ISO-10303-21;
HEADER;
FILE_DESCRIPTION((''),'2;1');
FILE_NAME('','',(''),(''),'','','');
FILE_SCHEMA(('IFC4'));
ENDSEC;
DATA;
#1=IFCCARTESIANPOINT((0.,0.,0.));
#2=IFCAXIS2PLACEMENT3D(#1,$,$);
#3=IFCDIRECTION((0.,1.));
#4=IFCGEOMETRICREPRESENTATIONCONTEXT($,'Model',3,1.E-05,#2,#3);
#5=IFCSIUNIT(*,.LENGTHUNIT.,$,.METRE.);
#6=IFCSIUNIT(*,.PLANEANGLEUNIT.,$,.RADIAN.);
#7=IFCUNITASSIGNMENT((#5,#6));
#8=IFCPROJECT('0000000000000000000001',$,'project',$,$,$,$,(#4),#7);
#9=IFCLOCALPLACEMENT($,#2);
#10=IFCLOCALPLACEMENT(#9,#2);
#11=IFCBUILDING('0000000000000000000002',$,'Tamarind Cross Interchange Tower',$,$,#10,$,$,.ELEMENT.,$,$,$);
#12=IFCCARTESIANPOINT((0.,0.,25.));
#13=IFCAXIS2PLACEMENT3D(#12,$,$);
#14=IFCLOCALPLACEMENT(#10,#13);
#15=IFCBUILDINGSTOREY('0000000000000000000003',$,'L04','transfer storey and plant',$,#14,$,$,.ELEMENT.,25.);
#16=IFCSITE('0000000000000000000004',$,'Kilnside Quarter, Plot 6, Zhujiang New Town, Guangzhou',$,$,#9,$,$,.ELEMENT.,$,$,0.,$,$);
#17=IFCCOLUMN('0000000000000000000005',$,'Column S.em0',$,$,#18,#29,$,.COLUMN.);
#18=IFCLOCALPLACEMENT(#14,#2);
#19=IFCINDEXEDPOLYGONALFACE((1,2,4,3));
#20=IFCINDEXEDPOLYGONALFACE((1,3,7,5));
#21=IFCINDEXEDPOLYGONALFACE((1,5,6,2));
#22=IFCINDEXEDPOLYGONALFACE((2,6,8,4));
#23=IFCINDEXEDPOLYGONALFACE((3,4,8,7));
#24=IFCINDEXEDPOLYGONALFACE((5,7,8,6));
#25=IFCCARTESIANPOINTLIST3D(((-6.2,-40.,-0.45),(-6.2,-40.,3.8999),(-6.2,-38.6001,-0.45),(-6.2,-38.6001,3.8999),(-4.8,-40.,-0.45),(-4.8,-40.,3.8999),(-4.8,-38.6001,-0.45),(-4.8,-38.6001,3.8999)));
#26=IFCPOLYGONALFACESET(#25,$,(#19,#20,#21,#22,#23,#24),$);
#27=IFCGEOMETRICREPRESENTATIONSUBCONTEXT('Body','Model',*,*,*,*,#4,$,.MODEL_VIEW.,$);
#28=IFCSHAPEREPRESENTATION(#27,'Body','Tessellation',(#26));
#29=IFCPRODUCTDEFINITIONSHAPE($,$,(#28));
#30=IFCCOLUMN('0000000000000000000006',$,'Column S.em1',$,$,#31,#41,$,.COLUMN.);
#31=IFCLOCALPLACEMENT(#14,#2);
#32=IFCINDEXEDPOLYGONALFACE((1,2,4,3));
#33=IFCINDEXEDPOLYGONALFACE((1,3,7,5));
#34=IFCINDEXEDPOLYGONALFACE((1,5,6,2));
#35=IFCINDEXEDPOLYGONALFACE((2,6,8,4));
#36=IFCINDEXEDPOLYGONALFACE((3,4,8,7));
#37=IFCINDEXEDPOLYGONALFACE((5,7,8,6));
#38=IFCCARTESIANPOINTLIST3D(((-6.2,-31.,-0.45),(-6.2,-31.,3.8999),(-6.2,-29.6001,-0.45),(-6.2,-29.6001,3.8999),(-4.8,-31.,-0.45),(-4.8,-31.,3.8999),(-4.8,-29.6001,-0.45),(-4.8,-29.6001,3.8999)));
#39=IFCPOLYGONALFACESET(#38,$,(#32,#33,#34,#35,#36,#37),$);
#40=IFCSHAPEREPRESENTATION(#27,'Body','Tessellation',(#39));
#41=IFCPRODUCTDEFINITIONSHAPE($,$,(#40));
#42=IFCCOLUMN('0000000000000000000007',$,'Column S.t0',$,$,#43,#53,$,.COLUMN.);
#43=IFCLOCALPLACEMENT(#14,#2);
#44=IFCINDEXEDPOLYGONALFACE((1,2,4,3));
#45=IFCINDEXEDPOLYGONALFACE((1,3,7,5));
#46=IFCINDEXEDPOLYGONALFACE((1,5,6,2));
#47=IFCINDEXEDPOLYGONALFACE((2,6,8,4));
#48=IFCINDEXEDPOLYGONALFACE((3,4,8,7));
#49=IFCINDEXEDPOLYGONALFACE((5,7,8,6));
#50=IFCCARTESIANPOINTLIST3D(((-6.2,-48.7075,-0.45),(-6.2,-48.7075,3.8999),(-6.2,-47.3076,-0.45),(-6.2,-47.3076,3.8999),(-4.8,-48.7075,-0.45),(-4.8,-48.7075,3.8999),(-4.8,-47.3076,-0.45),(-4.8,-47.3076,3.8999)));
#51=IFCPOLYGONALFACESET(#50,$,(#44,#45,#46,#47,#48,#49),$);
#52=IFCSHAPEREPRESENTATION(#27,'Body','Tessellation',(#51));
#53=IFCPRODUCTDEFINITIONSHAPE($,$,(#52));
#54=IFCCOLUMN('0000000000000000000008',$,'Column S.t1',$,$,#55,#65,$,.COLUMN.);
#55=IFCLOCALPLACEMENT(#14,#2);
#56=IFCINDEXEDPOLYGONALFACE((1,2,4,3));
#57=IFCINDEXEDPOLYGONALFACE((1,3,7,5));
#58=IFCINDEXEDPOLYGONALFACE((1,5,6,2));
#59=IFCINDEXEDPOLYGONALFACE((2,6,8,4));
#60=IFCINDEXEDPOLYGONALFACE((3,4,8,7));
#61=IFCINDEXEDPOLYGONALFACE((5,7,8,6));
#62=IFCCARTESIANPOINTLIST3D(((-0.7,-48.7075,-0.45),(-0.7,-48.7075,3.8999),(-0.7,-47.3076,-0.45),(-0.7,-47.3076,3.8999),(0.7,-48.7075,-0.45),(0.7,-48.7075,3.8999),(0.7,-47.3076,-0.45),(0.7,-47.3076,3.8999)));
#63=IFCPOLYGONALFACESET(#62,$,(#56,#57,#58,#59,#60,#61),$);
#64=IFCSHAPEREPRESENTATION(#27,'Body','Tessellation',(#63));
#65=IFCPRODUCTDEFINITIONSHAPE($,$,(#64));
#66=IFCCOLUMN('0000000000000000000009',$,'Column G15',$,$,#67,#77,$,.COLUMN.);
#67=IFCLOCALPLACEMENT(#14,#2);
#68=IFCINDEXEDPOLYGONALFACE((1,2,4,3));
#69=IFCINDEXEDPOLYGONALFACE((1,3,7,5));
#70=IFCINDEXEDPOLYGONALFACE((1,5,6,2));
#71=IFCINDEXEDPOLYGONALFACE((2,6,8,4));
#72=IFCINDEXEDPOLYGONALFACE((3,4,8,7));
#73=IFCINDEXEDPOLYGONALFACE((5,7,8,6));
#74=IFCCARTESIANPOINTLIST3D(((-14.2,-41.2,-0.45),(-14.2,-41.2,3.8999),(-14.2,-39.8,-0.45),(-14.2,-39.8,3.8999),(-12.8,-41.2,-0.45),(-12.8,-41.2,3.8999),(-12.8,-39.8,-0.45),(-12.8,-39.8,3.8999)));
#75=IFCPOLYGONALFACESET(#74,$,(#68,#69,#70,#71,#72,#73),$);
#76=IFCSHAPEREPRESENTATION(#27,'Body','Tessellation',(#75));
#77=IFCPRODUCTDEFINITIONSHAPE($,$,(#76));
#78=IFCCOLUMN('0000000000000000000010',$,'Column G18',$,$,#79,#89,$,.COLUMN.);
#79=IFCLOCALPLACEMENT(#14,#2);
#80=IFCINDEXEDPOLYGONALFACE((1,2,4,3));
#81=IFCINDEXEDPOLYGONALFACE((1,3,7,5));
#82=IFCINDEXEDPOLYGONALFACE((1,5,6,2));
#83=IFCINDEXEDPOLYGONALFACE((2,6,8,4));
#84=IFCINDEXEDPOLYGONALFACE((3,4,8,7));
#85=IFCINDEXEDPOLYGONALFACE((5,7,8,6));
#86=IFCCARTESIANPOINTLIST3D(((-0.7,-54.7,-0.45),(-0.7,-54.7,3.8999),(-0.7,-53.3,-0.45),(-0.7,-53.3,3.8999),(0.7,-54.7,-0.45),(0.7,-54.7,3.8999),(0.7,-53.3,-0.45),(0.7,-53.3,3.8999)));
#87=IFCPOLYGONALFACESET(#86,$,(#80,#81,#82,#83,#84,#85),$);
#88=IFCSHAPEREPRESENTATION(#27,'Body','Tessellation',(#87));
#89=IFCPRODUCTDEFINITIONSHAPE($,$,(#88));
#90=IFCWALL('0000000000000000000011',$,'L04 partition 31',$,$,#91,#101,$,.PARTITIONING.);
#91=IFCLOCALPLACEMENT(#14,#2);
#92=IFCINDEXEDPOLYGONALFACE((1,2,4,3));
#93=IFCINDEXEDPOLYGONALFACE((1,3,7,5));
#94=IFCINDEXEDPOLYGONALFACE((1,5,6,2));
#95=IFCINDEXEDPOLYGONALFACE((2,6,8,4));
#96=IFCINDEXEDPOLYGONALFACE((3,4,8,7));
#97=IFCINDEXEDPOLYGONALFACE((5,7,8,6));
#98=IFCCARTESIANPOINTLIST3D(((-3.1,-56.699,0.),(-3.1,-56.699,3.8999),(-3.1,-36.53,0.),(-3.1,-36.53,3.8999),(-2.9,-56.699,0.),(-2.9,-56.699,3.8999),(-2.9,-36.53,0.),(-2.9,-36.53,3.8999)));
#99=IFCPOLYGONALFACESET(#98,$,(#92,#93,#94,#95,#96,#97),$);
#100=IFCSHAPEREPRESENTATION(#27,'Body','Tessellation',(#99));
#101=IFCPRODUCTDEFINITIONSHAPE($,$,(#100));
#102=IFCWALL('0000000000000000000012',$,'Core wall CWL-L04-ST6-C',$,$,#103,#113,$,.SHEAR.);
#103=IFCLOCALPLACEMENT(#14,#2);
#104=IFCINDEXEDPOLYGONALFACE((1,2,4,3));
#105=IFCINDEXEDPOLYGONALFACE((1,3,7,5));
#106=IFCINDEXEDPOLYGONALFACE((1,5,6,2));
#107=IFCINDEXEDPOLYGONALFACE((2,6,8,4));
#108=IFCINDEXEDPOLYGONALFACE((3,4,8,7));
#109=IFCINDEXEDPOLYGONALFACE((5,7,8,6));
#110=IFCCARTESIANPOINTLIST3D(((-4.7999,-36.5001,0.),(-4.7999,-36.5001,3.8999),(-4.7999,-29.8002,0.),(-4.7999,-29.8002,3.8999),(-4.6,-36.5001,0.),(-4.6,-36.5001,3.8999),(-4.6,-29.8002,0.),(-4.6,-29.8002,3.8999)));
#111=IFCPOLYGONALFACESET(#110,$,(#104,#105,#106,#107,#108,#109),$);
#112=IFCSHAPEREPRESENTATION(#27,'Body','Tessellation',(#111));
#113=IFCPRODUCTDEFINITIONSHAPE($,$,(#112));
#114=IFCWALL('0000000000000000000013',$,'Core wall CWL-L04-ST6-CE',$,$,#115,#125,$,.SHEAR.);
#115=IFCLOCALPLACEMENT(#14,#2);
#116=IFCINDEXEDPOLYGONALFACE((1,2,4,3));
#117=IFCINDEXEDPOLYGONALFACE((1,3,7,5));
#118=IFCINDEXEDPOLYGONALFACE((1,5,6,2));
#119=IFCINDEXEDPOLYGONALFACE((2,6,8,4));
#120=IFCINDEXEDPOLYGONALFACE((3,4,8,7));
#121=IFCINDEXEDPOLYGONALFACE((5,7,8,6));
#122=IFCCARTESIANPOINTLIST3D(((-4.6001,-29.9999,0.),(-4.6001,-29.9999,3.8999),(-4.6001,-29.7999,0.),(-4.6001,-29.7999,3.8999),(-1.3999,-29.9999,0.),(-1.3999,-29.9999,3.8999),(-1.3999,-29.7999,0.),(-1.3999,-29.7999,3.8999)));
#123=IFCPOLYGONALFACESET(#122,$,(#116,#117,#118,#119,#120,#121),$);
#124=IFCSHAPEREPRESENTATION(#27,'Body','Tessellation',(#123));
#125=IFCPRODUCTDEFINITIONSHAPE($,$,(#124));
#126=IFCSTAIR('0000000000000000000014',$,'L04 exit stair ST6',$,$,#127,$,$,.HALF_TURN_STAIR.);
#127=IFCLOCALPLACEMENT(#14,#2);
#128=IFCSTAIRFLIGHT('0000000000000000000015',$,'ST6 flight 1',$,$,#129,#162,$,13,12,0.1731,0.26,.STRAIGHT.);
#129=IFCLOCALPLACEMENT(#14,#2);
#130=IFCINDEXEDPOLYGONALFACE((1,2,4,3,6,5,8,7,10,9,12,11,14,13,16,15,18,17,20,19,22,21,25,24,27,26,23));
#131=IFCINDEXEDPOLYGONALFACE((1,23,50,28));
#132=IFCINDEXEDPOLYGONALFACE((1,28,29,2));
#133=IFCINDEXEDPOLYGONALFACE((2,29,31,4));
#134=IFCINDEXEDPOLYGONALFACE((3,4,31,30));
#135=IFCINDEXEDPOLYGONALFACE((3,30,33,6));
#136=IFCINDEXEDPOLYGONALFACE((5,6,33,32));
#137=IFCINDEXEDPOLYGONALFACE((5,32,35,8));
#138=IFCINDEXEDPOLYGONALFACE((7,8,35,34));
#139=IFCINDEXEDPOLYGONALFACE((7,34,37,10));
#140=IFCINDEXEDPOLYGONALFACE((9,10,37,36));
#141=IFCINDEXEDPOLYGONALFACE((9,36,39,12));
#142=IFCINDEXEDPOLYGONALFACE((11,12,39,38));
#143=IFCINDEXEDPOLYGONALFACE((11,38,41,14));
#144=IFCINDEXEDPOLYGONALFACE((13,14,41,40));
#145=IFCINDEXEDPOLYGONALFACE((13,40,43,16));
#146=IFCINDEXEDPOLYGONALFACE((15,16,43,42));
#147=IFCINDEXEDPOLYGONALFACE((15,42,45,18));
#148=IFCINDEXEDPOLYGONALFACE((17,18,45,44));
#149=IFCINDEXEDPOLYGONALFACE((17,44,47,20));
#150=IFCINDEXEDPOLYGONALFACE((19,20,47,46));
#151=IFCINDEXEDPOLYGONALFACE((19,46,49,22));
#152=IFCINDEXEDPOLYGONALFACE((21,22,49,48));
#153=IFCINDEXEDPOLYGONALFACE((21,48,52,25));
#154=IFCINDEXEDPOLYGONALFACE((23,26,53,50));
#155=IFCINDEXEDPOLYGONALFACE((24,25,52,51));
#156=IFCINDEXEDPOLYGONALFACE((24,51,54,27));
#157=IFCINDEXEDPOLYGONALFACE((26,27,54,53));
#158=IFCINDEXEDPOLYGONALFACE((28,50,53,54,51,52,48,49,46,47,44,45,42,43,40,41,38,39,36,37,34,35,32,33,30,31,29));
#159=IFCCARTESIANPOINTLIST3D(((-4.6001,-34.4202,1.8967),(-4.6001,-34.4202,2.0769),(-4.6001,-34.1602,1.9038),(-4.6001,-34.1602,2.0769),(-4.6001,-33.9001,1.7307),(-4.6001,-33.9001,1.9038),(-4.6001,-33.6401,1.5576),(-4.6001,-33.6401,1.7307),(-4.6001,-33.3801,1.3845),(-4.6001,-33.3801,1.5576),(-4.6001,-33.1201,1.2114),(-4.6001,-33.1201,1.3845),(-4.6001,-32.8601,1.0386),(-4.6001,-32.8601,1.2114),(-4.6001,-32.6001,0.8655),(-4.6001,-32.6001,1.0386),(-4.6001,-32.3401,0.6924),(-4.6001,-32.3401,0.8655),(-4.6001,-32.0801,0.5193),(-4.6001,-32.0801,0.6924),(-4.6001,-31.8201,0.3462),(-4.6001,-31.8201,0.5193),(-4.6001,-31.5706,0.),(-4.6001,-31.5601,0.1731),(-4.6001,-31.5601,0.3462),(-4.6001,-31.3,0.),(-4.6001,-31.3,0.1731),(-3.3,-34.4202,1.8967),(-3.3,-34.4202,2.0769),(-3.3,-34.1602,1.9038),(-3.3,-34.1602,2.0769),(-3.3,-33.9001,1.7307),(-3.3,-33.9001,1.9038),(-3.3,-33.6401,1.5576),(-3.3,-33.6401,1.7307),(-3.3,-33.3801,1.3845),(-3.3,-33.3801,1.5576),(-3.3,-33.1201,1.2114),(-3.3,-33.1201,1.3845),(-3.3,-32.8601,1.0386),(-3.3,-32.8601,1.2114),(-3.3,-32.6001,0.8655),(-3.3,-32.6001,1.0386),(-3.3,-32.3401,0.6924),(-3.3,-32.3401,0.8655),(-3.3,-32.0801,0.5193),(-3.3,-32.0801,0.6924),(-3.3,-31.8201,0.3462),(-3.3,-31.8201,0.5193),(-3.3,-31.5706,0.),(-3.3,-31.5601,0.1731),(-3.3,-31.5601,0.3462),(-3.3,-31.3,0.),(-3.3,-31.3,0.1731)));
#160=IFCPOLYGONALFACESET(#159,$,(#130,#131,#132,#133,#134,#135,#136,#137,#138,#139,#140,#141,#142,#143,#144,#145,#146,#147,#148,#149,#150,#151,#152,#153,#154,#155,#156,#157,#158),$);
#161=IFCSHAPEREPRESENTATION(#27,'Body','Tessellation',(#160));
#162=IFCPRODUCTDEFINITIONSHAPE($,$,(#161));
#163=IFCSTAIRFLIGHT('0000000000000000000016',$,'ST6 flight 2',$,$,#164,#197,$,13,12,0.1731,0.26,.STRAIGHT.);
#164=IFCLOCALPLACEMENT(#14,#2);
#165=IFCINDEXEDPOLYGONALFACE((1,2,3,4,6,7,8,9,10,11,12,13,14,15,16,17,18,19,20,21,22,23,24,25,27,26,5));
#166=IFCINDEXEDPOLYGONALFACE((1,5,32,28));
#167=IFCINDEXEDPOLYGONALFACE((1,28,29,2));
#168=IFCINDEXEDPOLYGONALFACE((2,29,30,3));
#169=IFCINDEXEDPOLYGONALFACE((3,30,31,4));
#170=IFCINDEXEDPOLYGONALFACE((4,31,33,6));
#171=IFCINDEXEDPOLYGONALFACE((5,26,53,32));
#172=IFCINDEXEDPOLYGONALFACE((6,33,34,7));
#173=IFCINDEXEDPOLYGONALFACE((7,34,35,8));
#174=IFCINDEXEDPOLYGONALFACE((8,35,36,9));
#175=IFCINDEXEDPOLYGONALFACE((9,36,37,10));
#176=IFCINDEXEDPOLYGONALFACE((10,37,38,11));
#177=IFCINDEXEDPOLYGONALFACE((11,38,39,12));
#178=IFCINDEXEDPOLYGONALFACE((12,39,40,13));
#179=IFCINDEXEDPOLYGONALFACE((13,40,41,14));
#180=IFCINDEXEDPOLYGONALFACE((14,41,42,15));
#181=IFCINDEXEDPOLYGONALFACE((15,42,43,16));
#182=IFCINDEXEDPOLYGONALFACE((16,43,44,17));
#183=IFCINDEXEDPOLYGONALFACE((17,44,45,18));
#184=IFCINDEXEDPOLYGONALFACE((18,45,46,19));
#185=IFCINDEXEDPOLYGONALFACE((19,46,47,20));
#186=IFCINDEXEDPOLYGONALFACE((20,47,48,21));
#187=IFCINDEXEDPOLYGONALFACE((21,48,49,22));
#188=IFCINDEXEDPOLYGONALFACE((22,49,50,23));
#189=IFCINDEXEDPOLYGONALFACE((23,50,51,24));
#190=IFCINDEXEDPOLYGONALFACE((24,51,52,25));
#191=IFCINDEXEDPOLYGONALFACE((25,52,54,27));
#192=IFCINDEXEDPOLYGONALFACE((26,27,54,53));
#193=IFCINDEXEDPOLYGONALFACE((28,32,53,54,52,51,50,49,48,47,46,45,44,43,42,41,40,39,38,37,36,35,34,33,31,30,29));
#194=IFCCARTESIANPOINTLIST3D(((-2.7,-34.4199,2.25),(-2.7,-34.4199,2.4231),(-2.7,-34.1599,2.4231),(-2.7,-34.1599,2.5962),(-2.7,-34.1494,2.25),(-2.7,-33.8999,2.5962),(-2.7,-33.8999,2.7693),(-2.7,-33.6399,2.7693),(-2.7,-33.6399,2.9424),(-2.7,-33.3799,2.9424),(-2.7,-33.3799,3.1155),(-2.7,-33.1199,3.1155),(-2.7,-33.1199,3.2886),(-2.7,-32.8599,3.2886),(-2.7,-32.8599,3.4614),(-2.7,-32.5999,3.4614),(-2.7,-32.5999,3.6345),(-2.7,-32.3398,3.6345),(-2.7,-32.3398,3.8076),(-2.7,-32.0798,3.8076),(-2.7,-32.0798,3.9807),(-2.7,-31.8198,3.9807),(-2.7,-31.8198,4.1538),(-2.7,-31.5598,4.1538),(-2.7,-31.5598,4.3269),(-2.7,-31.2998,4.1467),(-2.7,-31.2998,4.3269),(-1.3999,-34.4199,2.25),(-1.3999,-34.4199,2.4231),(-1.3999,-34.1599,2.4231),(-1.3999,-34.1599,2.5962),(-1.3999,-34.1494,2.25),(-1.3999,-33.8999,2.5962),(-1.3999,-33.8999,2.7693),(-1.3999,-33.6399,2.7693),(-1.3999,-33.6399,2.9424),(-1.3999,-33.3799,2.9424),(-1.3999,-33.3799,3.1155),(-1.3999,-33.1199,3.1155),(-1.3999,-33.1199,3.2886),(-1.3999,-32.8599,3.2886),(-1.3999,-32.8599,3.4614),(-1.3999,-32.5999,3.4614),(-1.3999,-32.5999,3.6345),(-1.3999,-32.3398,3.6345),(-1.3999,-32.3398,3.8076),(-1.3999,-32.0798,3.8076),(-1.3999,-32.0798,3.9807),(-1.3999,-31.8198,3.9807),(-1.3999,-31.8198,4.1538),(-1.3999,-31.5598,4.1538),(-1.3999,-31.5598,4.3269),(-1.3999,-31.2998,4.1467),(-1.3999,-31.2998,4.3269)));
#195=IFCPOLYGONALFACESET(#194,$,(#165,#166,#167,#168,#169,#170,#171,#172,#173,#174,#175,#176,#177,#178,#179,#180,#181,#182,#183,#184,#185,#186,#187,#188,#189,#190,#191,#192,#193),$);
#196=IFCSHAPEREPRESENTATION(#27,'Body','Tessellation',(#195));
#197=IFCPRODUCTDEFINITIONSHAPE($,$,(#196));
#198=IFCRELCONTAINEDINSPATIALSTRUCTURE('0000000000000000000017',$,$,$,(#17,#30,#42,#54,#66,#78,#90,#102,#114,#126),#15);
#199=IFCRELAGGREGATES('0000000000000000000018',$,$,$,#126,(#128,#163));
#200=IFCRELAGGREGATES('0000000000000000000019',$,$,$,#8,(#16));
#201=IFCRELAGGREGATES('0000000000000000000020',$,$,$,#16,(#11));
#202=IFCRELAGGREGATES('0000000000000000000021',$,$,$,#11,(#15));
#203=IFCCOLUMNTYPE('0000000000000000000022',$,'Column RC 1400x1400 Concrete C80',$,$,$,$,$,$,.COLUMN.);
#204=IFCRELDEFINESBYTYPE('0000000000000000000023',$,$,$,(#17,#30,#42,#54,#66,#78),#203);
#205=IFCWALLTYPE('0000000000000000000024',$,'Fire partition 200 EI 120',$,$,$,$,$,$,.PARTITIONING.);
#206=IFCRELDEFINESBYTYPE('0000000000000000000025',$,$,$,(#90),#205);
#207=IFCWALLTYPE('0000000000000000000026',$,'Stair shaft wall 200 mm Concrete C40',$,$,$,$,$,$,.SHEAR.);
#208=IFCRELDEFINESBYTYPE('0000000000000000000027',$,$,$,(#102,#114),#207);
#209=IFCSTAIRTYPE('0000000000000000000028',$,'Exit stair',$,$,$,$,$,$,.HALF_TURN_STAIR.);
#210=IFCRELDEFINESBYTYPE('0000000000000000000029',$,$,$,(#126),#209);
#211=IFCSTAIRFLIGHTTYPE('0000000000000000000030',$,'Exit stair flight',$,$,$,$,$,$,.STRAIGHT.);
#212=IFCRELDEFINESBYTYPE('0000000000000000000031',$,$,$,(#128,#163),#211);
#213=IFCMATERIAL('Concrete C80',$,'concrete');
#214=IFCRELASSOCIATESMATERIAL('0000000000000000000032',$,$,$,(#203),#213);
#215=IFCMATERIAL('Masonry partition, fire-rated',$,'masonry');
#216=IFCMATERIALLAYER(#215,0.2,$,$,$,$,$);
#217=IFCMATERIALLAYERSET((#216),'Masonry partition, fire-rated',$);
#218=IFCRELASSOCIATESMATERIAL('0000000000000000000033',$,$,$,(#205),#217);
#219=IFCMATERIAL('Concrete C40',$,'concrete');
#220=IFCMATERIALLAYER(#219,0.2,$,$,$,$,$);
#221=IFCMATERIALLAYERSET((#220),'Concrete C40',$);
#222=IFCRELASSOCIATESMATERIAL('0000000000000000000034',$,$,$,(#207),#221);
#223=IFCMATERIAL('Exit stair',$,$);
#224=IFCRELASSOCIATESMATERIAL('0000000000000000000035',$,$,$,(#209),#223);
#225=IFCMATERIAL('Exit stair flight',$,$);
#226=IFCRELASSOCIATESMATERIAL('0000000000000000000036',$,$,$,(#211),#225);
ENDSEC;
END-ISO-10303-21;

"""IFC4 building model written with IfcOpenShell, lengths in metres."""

from ifc_helpers import new_model, si_unit, direction, frame, frame_2d, origin, origin_2d, place, context, subcontext, project, spatial, polyline, rectangle, outline, extrude, material, layer, layer_set, material_profile, profile_set, type_object, element, aggregate, save


model = new_model("IFC4")

# Units and contexts
model_context = context("Model", 3, precision=1e-05, world=origin(), true_north=direction((0.0, 1.0)))
body_context = subcontext(model_context, "Body", "Model", "MODEL_VIEW")
ifc_project = project(units=[si_unit("LENGTHUNIT", "METRE"), si_unit("PLANEANGLEUNIT", "RADIAN")], contexts=[model_context])

# Site, building, storey
site_placement = place(None, origin())
site = spatial("IfcSite", under=ifc_project, at=site_placement, Name="Kilnside Quarter, Plot 6, Zhujiang New Town, Guangzhou", CompositionType="ELEMENT", RefElevation=0.0)
building_placement = place(site_placement, origin())
building = spatial("IfcBuilding", under=site, at=building_placement, Name="Tamarind Cross Interchange Tower", CompositionType="ELEMENT")
storey_placement = place(building_placement, frame((0.0, 0.0, 25.0)))
storey = spatial("IfcBuildingStorey", under=building, at=storey_placement, Name="L04", Description="transfer storey and plant", CompositionType="ELEMENT", Elevation=25.0)

# Columns
ifc_material_1 = material(Name="Concrete C80", Category="concrete")
ifc_material_profile = material_profile(ifc_material_1, rectangle(XDim=1.3999, YDim=1.3999, at=origin_2d()), Name="RC 1400x1400")
ifc_profile_set = profile_set([ifc_material_profile], Name="Concrete C80")
column_type = type_object("IfcColumnType", Name="Column RC 1400x1400 Concrete C80", PredefinedType="COLUMN", material=ifc_profile_set)
for number, where, z_axis, x_axis, name in (
    (1, (-5.5, -39.3, -0.45), (0.0, 0.0, 1.0), (1.0, 0.0, 0.0), "Column S.em0"),
    (2, (-5.5, -30.3, -0.45), (0.0, 0.0, 1.0), (1.0, 0.0, 0.0), "Column S.em1"),
    (3, (-5.5, -48.0076, -0.45), (0.0, 0.0, 1.0), (1.0, 0.0, 0.0), "Column S.t0"),
    (4, (0.0, -48.0076, -0.45), (0.0, 0.0, 1.0), (1.0, 0.0, 0.0), "Column S.t1"),
    (5, (-13.5, -40.5, -0.45), (0.0, 0.0, 1.0), (1.0, 0.0, 0.0), "Column G15"),
    (6, (0.0, -54.0, -0.45), (0.0, 0.0, 1.0), (1.0, 0.0, 0.0), "Column G18"),
):
    element("IfcColumn", number, at=place(storey_placement, frame(where, z_axis=z_axis, x_axis=x_axis)), inside=storey, type_object=column_type, Name=name, PredefinedType="COLUMN", context=body_context, shape_type="SweptSolid", body=[
        extrude(rectangle(XDim=1.3999, YDim=1.3999, at=origin_2d()), origin(), (0.0, 0.0, 1.0), 4.3499),
    ])

# Walls
ifc_material_2 = material(Name="Masonry partition, fire-rated", Category="masonry")
ifc_layer_1 = layer(ifc_material_2, 0.2)
ifc_layer_set_1 = layer_set([ifc_layer_1], Name="Masonry partition, fire-rated")
wall_type_1 = type_object("IfcWallType", Name="Fire partition 200 EI 120", PredefinedType="PARTITIONING", material=ifc_layer_set_1)
wall_1_placement = place(storey_placement, frame((-3.0, -56.699, 0.0), z_axis=(0.0, 0.0, 1.0), x_axis=(0.0, 1.0, 0.0)))
element("IfcWall", 7, at=wall_1_placement, inside=storey, type_object=wall_type_1, Name="L04 partition 31", PredefinedType="PARTITIONING", context=body_context, shape_type="SweptSolid", body=[
    extrude(rectangle(XDim=20.1689, YDim=0.2, at=frame_2d((10.0845, 0.0))), origin(), (0.0, 0.0, 1.0), 3.8999),
])
ifc_material_3 = material(Name="Concrete C40", Category="concrete")
ifc_layer_2 = layer(ifc_material_3, 0.2)
ifc_layer_set_2 = layer_set([ifc_layer_2], Name="Concrete C40")
wall_type_2 = type_object("IfcWallType", Name="Stair shaft wall 200 mm Concrete C40", PredefinedType="SHEAR", material=ifc_layer_set_2)
wall_2_placement = place(storey_placement, frame((-4.7, -29.8, 0.0), z_axis=(0.0, 0.0, 1.0), x_axis=(0.0, -1.0, 0.0)))
element("IfcWall", 8, at=wall_2_placement, inside=storey, type_object=wall_type_2, Name="Core wall CWL-L04-ST6-C", PredefinedType="SHEAR", context=body_context, shape_type="SweptSolid", body=[
    extrude(rectangle(XDim=6.7, YDim=0.2, at=frame_2d((3.3501, 0.0))), origin(), (0.0, 0.0, 1.0), 3.8999),
])
wall_3_placement = place(storey_placement, frame((-4.6001, -29.8999, 0.0), z_axis=(0.0, 0.0, 1.0), x_axis=(1.0, 0.0, 0.0)))
element("IfcWall", 9, at=wall_3_placement, inside=storey, type_object=wall_type_2, Name="Core wall CWL-L04-ST6-CE", PredefinedType="SHEAR", context=body_context, shape_type="SweptSolid", body=[
    extrude(rectangle(XDim=3.2002, YDim=0.2, at=frame_2d((1.6001, 0.0))), origin(), (0.0, 0.0, 1.0), 3.8999),
])

# Stair, stair flights
ifc_material_4 = material(Name="Exit stair")
stair_type = type_object("IfcStairType", Name="Exit stair", PredefinedType="HALF_TURN_STAIR", material=ifc_material_4)
stair_placement = place(storey_placement, origin())
stair = element("IfcStair", 10, at=stair_placement, inside=storey, type_object=stair_type, Name="L04 exit stair ST6", PredefinedType="HALF_TURN_STAIR")
ifc_material_5 = material(Name="Exit stair flight")
stair_flight_type = type_object("IfcStairFlightType", Name="Exit stair flight", PredefinedType="STRAIGHT", material=ifc_material_5)
stair_flight_1_placement = place(storey_placement, frame((-3.95, -31.3, 0.0), z_axis=(0.0, 0.0, 1.0), x_axis=(0.0, -1.0, 0.0)))
stair_flight_1 = element("IfcStairFlight", 11, at=stair_flight_1_placement, type_object=stair_flight_type, Name="ST6 flight 1", NumberOfRisers=13, NumberOfTreads=12, PredefinedType="STRAIGHT", RiserHeight=0.1731, TreadLength=0.26, context=body_context, shape_type="SweptSolid", body=[
    extrude(outline(polyline([(0.0, 0.0), (0.0, 0.1731), (0.26, 0.1731), (0.26, 0.3462), (0.52, 0.3462), (0.52, 0.5193), (0.78, 0.5193), (0.78, 0.6924), (1.04, 0.6924), (1.04, 0.8655), (1.3, 0.8655), (1.3, 1.0386), (1.5601, 1.0386), (1.5601, 1.2114), (1.8201, 1.2114), (1.8201, 1.3845), (2.0801, 1.3845), (2.0801, 1.5576), (2.3401, 1.5576), (2.3401, 1.7307), (2.6001, 1.7307), (2.6001, 1.9038), (2.8601, 1.9038), (2.8601, 2.0769), (3.1201, 2.0769), (3.1201, 2.25), (3.1201, 1.8967), (0.2705, 0.0), (0.0, 0.0)])), frame((0.0, 0.6499, 0.0), z_axis=(0.0, -1.0, 0.0), x_axis=(1.0, 0.0, 0.0)), (0.0, 0.0, 1.0), 1.3),
])
stair_flight_2_placement = place(storey_placement, frame((-2.05, -34.4199, 2.25), z_axis=(0.0, 0.0, 1.0), x_axis=(0.0, 1.0, 0.0)))
stair_flight_2 = element("IfcStairFlight", 12, at=stair_flight_2_placement, type_object=stair_flight_type, Name="ST6 flight 2", NumberOfRisers=13, NumberOfTreads=12, PredefinedType="STRAIGHT", RiserHeight=0.1731, TreadLength=0.26, context=body_context, shape_type="SweptSolid", body=[
    extrude(outline(polyline([(0.0, 0.0), (0.0, 0.1731), (0.26, 0.1731), (0.26, 0.3462), (0.52, 0.3462), (0.52, 0.5193), (0.78, 0.5193), (0.78, 0.6924), (1.04, 0.6924), (1.04, 0.8655), (1.3, 0.8655), (1.3, 1.0386), (1.5601, 1.0386), (1.5601, 1.2114), (1.8201, 1.2114), (1.8201, 1.3845), (2.0801, 1.3845), (2.0801, 1.5576), (2.3401, 1.5576), (2.3401, 1.7307), (2.6001, 1.7307), (2.6001, 1.9038), (2.8601, 1.9038), (2.8601, 2.0769), (3.1201, 2.0769), (3.1201, 2.25), (3.1201, 1.8967), (0.2705, 0.0), (0.0, 0.0)])), frame((0.0, 0.6499, 0.0), z_axis=(0.0, -1.0, 0.0), x_axis=(1.0, 0.0, 0.0)), (0.0, 0.0, 1.0), 1.3),
])
aggregate(stair, [stair_flight_1, stair_flight_2])

save(model, "model.ifc")
